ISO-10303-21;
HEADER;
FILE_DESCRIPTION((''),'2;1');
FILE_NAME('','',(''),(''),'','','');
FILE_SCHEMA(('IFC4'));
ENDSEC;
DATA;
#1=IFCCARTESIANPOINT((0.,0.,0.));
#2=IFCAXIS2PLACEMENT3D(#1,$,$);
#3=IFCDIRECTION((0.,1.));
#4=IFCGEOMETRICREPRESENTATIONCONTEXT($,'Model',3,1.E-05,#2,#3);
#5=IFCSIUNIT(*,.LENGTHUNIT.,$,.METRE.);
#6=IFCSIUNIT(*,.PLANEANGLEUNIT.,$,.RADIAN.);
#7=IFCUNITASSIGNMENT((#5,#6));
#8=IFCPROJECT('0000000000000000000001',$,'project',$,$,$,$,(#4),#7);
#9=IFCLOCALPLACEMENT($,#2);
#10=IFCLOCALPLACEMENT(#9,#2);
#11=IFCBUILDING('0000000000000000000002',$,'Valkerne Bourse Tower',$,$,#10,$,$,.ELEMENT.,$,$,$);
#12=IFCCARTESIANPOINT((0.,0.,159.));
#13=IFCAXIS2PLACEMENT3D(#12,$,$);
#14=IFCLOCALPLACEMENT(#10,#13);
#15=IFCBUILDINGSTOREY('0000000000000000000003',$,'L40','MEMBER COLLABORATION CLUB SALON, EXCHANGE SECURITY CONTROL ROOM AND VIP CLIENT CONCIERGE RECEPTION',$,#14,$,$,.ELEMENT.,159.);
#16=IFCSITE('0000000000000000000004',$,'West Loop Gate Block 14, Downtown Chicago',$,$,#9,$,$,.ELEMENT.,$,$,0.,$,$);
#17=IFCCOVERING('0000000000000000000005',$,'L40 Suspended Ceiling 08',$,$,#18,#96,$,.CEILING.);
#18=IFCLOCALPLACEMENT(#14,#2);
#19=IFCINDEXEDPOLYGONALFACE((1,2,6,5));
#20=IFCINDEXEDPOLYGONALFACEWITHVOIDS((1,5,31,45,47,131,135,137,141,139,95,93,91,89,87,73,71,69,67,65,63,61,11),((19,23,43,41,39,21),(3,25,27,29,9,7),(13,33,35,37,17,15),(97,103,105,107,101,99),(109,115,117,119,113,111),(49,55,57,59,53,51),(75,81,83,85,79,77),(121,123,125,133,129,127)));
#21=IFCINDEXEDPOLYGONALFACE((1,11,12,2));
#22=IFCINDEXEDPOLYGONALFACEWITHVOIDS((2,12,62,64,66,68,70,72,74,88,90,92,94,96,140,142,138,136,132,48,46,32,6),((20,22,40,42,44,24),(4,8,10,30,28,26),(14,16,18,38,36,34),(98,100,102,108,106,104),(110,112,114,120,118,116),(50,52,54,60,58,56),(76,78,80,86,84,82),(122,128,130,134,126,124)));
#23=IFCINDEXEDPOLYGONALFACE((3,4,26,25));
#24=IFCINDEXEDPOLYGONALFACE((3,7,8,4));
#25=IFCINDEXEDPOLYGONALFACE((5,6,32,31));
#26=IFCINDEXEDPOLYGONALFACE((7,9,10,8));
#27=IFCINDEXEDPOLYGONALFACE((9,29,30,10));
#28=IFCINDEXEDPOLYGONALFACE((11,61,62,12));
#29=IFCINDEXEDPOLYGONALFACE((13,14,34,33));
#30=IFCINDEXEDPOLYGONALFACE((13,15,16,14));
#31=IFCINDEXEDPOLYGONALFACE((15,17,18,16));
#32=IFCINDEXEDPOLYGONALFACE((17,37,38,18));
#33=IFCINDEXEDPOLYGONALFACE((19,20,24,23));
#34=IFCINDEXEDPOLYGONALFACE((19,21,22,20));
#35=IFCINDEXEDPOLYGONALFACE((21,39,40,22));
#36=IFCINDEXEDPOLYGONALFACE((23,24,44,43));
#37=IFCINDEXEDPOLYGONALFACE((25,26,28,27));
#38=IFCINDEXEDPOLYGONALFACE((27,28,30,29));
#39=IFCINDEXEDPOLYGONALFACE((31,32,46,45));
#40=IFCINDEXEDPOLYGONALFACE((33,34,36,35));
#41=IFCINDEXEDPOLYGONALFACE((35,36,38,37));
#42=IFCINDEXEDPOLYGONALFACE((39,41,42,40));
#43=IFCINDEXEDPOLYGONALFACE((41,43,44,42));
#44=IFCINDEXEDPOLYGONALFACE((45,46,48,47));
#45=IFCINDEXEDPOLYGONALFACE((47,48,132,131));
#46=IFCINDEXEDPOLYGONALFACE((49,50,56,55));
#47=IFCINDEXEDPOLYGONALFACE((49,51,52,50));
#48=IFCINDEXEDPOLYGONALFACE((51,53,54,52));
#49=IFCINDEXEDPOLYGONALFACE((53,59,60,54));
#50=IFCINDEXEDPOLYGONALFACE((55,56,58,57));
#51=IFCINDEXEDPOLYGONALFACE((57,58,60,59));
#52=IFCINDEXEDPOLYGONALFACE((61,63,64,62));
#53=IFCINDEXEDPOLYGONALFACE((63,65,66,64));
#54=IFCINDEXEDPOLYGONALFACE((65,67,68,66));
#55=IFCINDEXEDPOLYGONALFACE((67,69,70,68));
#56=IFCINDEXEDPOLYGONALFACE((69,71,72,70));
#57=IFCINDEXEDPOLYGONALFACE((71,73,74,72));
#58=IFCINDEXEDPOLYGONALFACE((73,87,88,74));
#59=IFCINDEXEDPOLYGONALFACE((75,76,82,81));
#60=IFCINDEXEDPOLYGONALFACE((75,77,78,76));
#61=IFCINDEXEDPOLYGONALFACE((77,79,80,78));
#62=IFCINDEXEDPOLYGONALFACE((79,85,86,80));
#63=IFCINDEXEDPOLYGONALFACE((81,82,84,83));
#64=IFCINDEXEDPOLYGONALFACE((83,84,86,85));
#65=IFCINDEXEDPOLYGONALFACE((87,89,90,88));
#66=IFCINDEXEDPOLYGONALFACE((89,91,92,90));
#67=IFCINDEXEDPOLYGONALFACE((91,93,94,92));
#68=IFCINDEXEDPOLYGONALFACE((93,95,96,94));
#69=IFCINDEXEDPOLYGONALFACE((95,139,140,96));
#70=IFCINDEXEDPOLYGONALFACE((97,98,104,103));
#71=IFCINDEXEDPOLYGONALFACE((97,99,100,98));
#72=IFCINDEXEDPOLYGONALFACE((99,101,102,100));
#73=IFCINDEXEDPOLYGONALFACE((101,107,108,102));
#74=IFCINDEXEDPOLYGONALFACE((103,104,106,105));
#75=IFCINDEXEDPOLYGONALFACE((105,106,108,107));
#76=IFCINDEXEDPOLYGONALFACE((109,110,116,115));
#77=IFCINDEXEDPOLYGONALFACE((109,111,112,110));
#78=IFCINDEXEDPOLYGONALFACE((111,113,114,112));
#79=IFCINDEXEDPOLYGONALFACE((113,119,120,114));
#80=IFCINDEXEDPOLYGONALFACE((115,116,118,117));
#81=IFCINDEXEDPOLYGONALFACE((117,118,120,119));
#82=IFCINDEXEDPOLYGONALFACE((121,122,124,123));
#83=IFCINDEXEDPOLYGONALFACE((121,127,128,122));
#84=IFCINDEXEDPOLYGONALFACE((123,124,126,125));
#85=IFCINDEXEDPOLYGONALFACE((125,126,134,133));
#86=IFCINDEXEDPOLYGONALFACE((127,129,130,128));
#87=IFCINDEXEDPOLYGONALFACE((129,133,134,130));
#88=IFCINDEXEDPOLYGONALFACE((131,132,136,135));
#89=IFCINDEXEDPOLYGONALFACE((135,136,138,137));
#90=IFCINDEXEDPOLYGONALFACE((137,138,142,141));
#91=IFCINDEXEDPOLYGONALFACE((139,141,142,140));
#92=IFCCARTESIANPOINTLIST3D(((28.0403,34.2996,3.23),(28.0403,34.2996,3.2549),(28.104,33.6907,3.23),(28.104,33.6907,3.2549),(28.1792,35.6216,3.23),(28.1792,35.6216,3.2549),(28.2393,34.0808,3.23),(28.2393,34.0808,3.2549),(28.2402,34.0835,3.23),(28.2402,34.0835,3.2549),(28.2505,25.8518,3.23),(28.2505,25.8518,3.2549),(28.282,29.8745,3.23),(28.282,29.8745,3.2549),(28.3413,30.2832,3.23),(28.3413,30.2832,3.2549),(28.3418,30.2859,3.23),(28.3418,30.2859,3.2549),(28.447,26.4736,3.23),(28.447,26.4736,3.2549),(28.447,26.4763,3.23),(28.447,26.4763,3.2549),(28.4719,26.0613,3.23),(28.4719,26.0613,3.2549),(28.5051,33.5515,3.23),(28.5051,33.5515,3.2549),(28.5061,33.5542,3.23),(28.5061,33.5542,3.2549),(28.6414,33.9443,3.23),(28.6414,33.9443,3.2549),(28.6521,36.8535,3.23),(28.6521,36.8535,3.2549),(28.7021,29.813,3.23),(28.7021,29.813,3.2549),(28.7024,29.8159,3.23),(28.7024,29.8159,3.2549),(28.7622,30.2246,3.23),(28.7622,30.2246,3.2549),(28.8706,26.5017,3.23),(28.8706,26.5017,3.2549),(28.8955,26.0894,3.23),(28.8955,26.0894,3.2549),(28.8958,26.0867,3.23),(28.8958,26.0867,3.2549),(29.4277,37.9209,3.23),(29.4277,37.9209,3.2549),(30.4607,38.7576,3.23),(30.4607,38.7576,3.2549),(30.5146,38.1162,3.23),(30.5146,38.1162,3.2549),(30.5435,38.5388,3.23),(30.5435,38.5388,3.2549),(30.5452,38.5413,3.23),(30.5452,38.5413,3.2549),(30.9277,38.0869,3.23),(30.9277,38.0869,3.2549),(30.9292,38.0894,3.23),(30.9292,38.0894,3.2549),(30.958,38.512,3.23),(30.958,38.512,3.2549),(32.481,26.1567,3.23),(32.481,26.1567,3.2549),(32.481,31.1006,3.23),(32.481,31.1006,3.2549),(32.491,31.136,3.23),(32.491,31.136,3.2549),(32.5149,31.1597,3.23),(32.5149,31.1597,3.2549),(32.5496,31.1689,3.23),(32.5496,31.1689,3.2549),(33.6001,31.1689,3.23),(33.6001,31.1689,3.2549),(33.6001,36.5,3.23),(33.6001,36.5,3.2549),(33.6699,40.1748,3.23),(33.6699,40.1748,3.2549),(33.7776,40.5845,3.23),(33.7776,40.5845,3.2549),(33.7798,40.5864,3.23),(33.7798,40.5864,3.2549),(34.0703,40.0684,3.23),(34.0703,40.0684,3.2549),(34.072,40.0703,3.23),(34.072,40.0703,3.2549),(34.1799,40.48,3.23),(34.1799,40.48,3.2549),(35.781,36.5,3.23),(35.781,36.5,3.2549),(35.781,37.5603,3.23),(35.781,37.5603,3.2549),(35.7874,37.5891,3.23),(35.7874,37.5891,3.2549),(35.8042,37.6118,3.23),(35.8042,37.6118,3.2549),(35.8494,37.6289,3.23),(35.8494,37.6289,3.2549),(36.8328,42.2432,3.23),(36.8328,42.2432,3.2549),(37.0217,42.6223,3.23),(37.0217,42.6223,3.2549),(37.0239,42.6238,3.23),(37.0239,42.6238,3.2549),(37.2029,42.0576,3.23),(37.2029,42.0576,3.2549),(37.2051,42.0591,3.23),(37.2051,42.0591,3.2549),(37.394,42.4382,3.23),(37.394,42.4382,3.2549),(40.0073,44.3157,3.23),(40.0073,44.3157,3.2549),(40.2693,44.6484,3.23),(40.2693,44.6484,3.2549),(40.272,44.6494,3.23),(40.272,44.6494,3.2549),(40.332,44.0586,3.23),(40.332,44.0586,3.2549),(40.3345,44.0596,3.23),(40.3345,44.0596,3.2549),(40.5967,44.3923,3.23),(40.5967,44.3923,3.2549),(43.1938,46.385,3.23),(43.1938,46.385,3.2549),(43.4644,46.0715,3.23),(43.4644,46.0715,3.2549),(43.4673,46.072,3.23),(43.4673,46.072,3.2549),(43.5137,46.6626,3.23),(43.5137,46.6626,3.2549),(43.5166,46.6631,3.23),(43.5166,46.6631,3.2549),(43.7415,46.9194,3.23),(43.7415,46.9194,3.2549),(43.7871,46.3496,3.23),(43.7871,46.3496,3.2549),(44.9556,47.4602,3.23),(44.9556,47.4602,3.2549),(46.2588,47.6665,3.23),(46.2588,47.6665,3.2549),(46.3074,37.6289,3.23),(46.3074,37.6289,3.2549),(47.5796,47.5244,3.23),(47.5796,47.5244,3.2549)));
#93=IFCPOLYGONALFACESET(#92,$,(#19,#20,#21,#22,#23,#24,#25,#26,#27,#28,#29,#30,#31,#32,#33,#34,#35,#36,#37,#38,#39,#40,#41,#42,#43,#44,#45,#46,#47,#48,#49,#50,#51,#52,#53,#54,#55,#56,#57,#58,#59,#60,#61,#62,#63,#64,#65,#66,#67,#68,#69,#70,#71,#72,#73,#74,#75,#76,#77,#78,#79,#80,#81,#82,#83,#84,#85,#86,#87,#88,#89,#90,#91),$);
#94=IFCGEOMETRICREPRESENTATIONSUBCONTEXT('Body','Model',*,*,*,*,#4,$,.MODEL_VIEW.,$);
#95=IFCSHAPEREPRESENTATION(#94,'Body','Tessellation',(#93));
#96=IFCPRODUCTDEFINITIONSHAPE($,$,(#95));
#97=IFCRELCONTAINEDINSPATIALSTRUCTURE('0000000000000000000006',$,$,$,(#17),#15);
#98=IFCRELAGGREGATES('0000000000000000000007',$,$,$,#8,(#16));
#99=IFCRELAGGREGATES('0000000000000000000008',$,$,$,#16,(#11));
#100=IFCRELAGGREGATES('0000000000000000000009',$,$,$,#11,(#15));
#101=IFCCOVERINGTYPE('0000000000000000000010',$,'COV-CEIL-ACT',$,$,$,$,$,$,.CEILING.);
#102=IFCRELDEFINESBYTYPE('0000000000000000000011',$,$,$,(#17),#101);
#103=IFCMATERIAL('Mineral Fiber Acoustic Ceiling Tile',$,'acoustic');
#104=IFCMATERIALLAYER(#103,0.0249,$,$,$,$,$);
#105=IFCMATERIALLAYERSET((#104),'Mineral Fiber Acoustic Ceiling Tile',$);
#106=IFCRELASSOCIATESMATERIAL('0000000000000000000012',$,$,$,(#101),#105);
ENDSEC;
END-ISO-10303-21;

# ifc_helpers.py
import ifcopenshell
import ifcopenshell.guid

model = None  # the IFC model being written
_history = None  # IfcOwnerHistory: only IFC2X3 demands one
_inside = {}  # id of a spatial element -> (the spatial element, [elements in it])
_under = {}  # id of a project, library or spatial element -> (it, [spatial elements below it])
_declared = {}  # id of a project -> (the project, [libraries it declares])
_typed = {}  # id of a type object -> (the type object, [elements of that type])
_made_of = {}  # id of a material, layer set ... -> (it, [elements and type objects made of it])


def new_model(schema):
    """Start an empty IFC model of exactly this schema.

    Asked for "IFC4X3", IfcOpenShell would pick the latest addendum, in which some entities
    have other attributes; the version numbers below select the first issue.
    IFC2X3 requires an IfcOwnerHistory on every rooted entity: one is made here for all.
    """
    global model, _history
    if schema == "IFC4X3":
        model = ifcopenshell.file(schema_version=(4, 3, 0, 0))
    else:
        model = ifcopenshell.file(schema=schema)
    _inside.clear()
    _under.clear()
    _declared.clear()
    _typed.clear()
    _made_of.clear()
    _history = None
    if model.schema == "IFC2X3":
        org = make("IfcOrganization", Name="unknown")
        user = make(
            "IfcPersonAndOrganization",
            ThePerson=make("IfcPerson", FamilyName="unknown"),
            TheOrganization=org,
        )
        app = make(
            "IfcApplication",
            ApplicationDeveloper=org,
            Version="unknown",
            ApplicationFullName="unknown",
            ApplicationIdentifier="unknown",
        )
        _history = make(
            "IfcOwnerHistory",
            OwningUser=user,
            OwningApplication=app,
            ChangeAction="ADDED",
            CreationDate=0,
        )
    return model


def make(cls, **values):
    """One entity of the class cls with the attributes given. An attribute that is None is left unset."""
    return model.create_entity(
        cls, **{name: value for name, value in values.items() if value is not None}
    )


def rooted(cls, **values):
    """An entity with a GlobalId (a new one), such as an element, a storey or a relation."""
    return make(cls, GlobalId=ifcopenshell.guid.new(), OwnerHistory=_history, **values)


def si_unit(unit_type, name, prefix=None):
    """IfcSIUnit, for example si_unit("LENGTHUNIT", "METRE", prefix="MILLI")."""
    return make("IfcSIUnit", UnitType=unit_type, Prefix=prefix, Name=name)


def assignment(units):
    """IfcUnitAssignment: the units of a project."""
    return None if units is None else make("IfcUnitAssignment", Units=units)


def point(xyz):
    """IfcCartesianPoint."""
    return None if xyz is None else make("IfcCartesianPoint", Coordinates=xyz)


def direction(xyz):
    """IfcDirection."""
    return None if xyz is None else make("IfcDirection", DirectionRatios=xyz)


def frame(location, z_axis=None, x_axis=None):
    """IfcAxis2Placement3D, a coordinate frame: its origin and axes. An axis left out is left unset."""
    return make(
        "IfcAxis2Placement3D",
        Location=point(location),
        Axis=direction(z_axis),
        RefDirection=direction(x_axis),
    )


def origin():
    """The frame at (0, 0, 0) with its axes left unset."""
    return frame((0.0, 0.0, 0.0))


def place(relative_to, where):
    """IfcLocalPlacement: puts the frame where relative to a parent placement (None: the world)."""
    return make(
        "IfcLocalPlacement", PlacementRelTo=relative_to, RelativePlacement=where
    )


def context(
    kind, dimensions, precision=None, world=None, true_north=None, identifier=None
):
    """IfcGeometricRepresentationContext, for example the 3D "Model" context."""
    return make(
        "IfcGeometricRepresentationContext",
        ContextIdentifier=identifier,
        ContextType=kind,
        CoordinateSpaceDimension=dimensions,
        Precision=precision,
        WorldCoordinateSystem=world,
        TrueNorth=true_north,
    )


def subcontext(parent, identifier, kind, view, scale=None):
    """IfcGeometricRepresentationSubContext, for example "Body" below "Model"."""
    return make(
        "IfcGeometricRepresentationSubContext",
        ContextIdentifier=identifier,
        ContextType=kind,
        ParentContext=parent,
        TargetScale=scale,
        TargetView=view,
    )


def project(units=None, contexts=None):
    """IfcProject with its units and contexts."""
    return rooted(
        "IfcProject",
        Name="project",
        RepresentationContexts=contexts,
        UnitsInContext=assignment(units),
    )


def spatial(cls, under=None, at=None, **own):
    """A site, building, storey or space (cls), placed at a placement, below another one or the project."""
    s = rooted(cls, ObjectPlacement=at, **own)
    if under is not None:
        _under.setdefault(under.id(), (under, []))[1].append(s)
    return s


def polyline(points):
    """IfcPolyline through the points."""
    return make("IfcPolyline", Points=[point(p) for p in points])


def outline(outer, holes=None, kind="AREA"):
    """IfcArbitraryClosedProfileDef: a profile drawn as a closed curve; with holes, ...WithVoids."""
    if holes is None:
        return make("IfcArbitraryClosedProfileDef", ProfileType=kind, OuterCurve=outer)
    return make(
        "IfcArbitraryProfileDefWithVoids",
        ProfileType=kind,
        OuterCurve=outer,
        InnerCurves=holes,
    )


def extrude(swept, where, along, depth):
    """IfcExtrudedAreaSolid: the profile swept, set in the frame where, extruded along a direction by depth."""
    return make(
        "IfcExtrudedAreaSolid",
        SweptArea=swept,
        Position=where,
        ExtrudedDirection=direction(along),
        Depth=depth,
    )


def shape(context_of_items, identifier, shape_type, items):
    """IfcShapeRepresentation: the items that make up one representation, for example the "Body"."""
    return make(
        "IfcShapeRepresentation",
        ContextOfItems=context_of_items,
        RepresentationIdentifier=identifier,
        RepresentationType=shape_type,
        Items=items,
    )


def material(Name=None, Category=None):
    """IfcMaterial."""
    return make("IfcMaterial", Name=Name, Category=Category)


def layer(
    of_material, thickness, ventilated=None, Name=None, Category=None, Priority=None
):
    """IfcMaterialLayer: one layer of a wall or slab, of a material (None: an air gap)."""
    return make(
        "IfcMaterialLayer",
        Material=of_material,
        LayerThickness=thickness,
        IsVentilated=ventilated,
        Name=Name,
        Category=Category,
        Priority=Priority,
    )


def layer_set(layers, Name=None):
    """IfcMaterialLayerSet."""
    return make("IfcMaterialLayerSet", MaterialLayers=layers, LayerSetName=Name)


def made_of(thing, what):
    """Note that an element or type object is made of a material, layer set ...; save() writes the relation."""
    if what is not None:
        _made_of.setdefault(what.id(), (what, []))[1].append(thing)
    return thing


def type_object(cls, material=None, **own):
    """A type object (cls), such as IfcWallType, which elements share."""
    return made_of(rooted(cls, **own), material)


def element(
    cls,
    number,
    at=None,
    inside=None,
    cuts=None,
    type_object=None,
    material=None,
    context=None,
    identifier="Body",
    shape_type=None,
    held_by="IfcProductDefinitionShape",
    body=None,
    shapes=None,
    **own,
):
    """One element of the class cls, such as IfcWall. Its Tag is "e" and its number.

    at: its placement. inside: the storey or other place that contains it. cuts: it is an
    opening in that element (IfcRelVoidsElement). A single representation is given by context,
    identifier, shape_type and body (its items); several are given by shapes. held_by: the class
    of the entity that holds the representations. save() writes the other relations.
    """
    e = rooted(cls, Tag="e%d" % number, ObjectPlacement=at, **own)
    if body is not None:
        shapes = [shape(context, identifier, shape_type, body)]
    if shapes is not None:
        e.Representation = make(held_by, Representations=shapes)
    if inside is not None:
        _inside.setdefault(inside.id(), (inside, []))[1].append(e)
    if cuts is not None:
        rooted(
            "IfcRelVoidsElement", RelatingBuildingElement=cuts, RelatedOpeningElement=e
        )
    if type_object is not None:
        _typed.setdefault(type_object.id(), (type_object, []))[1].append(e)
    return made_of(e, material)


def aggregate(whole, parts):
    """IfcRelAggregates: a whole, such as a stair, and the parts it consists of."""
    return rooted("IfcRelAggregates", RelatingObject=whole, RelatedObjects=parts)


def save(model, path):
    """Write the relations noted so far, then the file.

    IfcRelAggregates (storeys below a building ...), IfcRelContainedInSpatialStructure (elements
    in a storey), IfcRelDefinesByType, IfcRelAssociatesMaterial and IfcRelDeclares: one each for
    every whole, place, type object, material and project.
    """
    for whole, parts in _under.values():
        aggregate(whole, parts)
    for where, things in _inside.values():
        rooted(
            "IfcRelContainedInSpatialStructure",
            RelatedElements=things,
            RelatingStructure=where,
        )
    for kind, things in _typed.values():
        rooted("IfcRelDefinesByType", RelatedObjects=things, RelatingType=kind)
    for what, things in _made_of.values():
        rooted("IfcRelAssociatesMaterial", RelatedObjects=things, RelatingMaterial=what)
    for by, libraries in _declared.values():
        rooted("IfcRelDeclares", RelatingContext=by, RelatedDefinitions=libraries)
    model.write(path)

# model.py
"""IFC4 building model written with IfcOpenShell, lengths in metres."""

from ifc_helpers import new_model, si_unit, direction, frame, origin, place, context, subcontext, project, spatial, polyline, outline, extrude, material, layer, layer_set, type_object, element, save


model = new_model("IFC4")

# Units and contexts
model_context = context("Model", 3, precision=1e-05, world=origin(), true_north=direction((0.0, 1.0)))
body_context = subcontext(model_context, "Body", "Model", "MODEL_VIEW")
ifc_project = project(units=[si_unit("LENGTHUNIT", "METRE"), si_unit("PLANEANGLEUNIT", "RADIAN")], contexts=[model_context])

# Site, building, storey
site_placement = place(None, origin())
site = spatial("IfcSite", under=ifc_project, at=site_placement, Name="West Loop Gate Block 14, Downtown Chicago", CompositionType="ELEMENT", RefElevation=0.0)
building_placement = place(site_placement, origin())
building = spatial("IfcBuilding", under=site, at=building_placement, Name="Valkerne Bourse Tower", CompositionType="ELEMENT")
storey_placement = place(building_placement, frame((0.0, 0.0, 159.0)))
storey = spatial("IfcBuildingStorey", under=building, at=storey_placement, Name="L40", Description="MEMBER COLLABORATION CLUB SALON, EXCHANGE SECURITY CONTROL ROOM AND VIP CLIENT CONCIERGE RECEPTION", CompositionType="ELEMENT", Elevation=159.0)

# Covering
ifc_material_1 = material(Name="Mineral Fiber Acoustic Ceiling Tile", Category="acoustic")
ifc_layer_1 = layer(ifc_material_1, 0.0249)
ifc_layer_set_1 = layer_set([ifc_layer_1], Name="Mineral Fiber Acoustic Ceiling Tile")
covering_type_1 = type_object("IfcCoveringType", Name="COV-CEIL-ACT", PredefinedType="CEILING", material=ifc_layer_set_1)
covering_1_placement = place(storey_placement, frame((0.0, 0.0, 3.23)))
element("IfcCovering", 1, at=covering_1_placement, inside=storey, type_object=covering_type_1, Name="L40 Suspended Ceiling 08", PredefinedType="CEILING", context=body_context, shape_type="SweptSolid", body=[
    extrude(outline(polyline([(28.6521, 36.8535), (29.4277, 37.9209), (30.4607, 38.7576), (43.7415, 46.9194), (44.9556, 47.4602), (46.2588, 47.6665), (47.5796, 47.5244), (46.3074, 37.6289), (35.8494, 37.6289), (35.8042, 37.6118), (35.7874, 37.5891), (35.781, 37.5603), (35.781, 36.5), (33.6001, 36.5), (33.6001, 31.1689), (32.5496, 31.1689), (32.5149, 31.1597), (32.491, 31.136), (32.481, 31.1006), (32.481, 26.1567), (28.2505, 25.8518), (28.0403, 34.2996), (28.1792, 35.6216), (28.6521, 36.8535)]), holes=[polyline([(28.8955, 26.0894), (28.8706, 26.5017), (28.447, 26.4763), (28.447, 26.4736), (28.4719, 26.0613), (28.8958, 26.0867), (28.8955, 26.0894)]), polyline([(28.7024, 29.8159), (28.7622, 30.2246), (28.3418, 30.2859), (28.3413, 30.2832), (28.282, 29.8745), (28.7021, 29.813), (28.7024, 29.8159)]), polyline([(28.6414, 33.9443), (28.2402, 34.0835), (28.2393, 34.0808), (28.104, 33.6907), (28.5051, 33.5515), (28.5061, 33.5542), (28.6414, 33.9443)]), polyline([(30.958, 38.512), (30.5452, 38.5413), (30.5435, 38.5388), (30.5146, 38.1162), (30.9277, 38.0869), (30.9292, 38.0894), (30.958, 38.512)]), polyline([(34.1799, 40.48), (33.7798, 40.5864), (33.7776, 40.5845), (33.6699, 40.1748), (34.0703, 40.0684), (34.072, 40.0703), (34.1799, 40.48)]), polyline([(37.2051, 42.0591), (37.394, 42.4382), (37.0239, 42.6238), (37.0217, 42.6223), (36.8328, 42.2432), (37.2029, 42.0576), (37.2051, 42.0591)]), polyline([(40.3345, 44.0596), (40.5967, 44.3923), (40.272, 44.6494), (40.2693, 44.6484), (40.0073, 44.3157), (40.332, 44.0586), (40.3345, 44.0596)]), polyline([(43.7871, 46.3496), (43.5166, 46.6631), (43.5137, 46.6626), (43.1938, 46.385), (43.4644, 46.0715), (43.4673, 46.072), (43.7871, 46.3496)])]), origin(), (0.0, 0.0, 1.0), 0.0249),
])

save(model, "model.ifc")
